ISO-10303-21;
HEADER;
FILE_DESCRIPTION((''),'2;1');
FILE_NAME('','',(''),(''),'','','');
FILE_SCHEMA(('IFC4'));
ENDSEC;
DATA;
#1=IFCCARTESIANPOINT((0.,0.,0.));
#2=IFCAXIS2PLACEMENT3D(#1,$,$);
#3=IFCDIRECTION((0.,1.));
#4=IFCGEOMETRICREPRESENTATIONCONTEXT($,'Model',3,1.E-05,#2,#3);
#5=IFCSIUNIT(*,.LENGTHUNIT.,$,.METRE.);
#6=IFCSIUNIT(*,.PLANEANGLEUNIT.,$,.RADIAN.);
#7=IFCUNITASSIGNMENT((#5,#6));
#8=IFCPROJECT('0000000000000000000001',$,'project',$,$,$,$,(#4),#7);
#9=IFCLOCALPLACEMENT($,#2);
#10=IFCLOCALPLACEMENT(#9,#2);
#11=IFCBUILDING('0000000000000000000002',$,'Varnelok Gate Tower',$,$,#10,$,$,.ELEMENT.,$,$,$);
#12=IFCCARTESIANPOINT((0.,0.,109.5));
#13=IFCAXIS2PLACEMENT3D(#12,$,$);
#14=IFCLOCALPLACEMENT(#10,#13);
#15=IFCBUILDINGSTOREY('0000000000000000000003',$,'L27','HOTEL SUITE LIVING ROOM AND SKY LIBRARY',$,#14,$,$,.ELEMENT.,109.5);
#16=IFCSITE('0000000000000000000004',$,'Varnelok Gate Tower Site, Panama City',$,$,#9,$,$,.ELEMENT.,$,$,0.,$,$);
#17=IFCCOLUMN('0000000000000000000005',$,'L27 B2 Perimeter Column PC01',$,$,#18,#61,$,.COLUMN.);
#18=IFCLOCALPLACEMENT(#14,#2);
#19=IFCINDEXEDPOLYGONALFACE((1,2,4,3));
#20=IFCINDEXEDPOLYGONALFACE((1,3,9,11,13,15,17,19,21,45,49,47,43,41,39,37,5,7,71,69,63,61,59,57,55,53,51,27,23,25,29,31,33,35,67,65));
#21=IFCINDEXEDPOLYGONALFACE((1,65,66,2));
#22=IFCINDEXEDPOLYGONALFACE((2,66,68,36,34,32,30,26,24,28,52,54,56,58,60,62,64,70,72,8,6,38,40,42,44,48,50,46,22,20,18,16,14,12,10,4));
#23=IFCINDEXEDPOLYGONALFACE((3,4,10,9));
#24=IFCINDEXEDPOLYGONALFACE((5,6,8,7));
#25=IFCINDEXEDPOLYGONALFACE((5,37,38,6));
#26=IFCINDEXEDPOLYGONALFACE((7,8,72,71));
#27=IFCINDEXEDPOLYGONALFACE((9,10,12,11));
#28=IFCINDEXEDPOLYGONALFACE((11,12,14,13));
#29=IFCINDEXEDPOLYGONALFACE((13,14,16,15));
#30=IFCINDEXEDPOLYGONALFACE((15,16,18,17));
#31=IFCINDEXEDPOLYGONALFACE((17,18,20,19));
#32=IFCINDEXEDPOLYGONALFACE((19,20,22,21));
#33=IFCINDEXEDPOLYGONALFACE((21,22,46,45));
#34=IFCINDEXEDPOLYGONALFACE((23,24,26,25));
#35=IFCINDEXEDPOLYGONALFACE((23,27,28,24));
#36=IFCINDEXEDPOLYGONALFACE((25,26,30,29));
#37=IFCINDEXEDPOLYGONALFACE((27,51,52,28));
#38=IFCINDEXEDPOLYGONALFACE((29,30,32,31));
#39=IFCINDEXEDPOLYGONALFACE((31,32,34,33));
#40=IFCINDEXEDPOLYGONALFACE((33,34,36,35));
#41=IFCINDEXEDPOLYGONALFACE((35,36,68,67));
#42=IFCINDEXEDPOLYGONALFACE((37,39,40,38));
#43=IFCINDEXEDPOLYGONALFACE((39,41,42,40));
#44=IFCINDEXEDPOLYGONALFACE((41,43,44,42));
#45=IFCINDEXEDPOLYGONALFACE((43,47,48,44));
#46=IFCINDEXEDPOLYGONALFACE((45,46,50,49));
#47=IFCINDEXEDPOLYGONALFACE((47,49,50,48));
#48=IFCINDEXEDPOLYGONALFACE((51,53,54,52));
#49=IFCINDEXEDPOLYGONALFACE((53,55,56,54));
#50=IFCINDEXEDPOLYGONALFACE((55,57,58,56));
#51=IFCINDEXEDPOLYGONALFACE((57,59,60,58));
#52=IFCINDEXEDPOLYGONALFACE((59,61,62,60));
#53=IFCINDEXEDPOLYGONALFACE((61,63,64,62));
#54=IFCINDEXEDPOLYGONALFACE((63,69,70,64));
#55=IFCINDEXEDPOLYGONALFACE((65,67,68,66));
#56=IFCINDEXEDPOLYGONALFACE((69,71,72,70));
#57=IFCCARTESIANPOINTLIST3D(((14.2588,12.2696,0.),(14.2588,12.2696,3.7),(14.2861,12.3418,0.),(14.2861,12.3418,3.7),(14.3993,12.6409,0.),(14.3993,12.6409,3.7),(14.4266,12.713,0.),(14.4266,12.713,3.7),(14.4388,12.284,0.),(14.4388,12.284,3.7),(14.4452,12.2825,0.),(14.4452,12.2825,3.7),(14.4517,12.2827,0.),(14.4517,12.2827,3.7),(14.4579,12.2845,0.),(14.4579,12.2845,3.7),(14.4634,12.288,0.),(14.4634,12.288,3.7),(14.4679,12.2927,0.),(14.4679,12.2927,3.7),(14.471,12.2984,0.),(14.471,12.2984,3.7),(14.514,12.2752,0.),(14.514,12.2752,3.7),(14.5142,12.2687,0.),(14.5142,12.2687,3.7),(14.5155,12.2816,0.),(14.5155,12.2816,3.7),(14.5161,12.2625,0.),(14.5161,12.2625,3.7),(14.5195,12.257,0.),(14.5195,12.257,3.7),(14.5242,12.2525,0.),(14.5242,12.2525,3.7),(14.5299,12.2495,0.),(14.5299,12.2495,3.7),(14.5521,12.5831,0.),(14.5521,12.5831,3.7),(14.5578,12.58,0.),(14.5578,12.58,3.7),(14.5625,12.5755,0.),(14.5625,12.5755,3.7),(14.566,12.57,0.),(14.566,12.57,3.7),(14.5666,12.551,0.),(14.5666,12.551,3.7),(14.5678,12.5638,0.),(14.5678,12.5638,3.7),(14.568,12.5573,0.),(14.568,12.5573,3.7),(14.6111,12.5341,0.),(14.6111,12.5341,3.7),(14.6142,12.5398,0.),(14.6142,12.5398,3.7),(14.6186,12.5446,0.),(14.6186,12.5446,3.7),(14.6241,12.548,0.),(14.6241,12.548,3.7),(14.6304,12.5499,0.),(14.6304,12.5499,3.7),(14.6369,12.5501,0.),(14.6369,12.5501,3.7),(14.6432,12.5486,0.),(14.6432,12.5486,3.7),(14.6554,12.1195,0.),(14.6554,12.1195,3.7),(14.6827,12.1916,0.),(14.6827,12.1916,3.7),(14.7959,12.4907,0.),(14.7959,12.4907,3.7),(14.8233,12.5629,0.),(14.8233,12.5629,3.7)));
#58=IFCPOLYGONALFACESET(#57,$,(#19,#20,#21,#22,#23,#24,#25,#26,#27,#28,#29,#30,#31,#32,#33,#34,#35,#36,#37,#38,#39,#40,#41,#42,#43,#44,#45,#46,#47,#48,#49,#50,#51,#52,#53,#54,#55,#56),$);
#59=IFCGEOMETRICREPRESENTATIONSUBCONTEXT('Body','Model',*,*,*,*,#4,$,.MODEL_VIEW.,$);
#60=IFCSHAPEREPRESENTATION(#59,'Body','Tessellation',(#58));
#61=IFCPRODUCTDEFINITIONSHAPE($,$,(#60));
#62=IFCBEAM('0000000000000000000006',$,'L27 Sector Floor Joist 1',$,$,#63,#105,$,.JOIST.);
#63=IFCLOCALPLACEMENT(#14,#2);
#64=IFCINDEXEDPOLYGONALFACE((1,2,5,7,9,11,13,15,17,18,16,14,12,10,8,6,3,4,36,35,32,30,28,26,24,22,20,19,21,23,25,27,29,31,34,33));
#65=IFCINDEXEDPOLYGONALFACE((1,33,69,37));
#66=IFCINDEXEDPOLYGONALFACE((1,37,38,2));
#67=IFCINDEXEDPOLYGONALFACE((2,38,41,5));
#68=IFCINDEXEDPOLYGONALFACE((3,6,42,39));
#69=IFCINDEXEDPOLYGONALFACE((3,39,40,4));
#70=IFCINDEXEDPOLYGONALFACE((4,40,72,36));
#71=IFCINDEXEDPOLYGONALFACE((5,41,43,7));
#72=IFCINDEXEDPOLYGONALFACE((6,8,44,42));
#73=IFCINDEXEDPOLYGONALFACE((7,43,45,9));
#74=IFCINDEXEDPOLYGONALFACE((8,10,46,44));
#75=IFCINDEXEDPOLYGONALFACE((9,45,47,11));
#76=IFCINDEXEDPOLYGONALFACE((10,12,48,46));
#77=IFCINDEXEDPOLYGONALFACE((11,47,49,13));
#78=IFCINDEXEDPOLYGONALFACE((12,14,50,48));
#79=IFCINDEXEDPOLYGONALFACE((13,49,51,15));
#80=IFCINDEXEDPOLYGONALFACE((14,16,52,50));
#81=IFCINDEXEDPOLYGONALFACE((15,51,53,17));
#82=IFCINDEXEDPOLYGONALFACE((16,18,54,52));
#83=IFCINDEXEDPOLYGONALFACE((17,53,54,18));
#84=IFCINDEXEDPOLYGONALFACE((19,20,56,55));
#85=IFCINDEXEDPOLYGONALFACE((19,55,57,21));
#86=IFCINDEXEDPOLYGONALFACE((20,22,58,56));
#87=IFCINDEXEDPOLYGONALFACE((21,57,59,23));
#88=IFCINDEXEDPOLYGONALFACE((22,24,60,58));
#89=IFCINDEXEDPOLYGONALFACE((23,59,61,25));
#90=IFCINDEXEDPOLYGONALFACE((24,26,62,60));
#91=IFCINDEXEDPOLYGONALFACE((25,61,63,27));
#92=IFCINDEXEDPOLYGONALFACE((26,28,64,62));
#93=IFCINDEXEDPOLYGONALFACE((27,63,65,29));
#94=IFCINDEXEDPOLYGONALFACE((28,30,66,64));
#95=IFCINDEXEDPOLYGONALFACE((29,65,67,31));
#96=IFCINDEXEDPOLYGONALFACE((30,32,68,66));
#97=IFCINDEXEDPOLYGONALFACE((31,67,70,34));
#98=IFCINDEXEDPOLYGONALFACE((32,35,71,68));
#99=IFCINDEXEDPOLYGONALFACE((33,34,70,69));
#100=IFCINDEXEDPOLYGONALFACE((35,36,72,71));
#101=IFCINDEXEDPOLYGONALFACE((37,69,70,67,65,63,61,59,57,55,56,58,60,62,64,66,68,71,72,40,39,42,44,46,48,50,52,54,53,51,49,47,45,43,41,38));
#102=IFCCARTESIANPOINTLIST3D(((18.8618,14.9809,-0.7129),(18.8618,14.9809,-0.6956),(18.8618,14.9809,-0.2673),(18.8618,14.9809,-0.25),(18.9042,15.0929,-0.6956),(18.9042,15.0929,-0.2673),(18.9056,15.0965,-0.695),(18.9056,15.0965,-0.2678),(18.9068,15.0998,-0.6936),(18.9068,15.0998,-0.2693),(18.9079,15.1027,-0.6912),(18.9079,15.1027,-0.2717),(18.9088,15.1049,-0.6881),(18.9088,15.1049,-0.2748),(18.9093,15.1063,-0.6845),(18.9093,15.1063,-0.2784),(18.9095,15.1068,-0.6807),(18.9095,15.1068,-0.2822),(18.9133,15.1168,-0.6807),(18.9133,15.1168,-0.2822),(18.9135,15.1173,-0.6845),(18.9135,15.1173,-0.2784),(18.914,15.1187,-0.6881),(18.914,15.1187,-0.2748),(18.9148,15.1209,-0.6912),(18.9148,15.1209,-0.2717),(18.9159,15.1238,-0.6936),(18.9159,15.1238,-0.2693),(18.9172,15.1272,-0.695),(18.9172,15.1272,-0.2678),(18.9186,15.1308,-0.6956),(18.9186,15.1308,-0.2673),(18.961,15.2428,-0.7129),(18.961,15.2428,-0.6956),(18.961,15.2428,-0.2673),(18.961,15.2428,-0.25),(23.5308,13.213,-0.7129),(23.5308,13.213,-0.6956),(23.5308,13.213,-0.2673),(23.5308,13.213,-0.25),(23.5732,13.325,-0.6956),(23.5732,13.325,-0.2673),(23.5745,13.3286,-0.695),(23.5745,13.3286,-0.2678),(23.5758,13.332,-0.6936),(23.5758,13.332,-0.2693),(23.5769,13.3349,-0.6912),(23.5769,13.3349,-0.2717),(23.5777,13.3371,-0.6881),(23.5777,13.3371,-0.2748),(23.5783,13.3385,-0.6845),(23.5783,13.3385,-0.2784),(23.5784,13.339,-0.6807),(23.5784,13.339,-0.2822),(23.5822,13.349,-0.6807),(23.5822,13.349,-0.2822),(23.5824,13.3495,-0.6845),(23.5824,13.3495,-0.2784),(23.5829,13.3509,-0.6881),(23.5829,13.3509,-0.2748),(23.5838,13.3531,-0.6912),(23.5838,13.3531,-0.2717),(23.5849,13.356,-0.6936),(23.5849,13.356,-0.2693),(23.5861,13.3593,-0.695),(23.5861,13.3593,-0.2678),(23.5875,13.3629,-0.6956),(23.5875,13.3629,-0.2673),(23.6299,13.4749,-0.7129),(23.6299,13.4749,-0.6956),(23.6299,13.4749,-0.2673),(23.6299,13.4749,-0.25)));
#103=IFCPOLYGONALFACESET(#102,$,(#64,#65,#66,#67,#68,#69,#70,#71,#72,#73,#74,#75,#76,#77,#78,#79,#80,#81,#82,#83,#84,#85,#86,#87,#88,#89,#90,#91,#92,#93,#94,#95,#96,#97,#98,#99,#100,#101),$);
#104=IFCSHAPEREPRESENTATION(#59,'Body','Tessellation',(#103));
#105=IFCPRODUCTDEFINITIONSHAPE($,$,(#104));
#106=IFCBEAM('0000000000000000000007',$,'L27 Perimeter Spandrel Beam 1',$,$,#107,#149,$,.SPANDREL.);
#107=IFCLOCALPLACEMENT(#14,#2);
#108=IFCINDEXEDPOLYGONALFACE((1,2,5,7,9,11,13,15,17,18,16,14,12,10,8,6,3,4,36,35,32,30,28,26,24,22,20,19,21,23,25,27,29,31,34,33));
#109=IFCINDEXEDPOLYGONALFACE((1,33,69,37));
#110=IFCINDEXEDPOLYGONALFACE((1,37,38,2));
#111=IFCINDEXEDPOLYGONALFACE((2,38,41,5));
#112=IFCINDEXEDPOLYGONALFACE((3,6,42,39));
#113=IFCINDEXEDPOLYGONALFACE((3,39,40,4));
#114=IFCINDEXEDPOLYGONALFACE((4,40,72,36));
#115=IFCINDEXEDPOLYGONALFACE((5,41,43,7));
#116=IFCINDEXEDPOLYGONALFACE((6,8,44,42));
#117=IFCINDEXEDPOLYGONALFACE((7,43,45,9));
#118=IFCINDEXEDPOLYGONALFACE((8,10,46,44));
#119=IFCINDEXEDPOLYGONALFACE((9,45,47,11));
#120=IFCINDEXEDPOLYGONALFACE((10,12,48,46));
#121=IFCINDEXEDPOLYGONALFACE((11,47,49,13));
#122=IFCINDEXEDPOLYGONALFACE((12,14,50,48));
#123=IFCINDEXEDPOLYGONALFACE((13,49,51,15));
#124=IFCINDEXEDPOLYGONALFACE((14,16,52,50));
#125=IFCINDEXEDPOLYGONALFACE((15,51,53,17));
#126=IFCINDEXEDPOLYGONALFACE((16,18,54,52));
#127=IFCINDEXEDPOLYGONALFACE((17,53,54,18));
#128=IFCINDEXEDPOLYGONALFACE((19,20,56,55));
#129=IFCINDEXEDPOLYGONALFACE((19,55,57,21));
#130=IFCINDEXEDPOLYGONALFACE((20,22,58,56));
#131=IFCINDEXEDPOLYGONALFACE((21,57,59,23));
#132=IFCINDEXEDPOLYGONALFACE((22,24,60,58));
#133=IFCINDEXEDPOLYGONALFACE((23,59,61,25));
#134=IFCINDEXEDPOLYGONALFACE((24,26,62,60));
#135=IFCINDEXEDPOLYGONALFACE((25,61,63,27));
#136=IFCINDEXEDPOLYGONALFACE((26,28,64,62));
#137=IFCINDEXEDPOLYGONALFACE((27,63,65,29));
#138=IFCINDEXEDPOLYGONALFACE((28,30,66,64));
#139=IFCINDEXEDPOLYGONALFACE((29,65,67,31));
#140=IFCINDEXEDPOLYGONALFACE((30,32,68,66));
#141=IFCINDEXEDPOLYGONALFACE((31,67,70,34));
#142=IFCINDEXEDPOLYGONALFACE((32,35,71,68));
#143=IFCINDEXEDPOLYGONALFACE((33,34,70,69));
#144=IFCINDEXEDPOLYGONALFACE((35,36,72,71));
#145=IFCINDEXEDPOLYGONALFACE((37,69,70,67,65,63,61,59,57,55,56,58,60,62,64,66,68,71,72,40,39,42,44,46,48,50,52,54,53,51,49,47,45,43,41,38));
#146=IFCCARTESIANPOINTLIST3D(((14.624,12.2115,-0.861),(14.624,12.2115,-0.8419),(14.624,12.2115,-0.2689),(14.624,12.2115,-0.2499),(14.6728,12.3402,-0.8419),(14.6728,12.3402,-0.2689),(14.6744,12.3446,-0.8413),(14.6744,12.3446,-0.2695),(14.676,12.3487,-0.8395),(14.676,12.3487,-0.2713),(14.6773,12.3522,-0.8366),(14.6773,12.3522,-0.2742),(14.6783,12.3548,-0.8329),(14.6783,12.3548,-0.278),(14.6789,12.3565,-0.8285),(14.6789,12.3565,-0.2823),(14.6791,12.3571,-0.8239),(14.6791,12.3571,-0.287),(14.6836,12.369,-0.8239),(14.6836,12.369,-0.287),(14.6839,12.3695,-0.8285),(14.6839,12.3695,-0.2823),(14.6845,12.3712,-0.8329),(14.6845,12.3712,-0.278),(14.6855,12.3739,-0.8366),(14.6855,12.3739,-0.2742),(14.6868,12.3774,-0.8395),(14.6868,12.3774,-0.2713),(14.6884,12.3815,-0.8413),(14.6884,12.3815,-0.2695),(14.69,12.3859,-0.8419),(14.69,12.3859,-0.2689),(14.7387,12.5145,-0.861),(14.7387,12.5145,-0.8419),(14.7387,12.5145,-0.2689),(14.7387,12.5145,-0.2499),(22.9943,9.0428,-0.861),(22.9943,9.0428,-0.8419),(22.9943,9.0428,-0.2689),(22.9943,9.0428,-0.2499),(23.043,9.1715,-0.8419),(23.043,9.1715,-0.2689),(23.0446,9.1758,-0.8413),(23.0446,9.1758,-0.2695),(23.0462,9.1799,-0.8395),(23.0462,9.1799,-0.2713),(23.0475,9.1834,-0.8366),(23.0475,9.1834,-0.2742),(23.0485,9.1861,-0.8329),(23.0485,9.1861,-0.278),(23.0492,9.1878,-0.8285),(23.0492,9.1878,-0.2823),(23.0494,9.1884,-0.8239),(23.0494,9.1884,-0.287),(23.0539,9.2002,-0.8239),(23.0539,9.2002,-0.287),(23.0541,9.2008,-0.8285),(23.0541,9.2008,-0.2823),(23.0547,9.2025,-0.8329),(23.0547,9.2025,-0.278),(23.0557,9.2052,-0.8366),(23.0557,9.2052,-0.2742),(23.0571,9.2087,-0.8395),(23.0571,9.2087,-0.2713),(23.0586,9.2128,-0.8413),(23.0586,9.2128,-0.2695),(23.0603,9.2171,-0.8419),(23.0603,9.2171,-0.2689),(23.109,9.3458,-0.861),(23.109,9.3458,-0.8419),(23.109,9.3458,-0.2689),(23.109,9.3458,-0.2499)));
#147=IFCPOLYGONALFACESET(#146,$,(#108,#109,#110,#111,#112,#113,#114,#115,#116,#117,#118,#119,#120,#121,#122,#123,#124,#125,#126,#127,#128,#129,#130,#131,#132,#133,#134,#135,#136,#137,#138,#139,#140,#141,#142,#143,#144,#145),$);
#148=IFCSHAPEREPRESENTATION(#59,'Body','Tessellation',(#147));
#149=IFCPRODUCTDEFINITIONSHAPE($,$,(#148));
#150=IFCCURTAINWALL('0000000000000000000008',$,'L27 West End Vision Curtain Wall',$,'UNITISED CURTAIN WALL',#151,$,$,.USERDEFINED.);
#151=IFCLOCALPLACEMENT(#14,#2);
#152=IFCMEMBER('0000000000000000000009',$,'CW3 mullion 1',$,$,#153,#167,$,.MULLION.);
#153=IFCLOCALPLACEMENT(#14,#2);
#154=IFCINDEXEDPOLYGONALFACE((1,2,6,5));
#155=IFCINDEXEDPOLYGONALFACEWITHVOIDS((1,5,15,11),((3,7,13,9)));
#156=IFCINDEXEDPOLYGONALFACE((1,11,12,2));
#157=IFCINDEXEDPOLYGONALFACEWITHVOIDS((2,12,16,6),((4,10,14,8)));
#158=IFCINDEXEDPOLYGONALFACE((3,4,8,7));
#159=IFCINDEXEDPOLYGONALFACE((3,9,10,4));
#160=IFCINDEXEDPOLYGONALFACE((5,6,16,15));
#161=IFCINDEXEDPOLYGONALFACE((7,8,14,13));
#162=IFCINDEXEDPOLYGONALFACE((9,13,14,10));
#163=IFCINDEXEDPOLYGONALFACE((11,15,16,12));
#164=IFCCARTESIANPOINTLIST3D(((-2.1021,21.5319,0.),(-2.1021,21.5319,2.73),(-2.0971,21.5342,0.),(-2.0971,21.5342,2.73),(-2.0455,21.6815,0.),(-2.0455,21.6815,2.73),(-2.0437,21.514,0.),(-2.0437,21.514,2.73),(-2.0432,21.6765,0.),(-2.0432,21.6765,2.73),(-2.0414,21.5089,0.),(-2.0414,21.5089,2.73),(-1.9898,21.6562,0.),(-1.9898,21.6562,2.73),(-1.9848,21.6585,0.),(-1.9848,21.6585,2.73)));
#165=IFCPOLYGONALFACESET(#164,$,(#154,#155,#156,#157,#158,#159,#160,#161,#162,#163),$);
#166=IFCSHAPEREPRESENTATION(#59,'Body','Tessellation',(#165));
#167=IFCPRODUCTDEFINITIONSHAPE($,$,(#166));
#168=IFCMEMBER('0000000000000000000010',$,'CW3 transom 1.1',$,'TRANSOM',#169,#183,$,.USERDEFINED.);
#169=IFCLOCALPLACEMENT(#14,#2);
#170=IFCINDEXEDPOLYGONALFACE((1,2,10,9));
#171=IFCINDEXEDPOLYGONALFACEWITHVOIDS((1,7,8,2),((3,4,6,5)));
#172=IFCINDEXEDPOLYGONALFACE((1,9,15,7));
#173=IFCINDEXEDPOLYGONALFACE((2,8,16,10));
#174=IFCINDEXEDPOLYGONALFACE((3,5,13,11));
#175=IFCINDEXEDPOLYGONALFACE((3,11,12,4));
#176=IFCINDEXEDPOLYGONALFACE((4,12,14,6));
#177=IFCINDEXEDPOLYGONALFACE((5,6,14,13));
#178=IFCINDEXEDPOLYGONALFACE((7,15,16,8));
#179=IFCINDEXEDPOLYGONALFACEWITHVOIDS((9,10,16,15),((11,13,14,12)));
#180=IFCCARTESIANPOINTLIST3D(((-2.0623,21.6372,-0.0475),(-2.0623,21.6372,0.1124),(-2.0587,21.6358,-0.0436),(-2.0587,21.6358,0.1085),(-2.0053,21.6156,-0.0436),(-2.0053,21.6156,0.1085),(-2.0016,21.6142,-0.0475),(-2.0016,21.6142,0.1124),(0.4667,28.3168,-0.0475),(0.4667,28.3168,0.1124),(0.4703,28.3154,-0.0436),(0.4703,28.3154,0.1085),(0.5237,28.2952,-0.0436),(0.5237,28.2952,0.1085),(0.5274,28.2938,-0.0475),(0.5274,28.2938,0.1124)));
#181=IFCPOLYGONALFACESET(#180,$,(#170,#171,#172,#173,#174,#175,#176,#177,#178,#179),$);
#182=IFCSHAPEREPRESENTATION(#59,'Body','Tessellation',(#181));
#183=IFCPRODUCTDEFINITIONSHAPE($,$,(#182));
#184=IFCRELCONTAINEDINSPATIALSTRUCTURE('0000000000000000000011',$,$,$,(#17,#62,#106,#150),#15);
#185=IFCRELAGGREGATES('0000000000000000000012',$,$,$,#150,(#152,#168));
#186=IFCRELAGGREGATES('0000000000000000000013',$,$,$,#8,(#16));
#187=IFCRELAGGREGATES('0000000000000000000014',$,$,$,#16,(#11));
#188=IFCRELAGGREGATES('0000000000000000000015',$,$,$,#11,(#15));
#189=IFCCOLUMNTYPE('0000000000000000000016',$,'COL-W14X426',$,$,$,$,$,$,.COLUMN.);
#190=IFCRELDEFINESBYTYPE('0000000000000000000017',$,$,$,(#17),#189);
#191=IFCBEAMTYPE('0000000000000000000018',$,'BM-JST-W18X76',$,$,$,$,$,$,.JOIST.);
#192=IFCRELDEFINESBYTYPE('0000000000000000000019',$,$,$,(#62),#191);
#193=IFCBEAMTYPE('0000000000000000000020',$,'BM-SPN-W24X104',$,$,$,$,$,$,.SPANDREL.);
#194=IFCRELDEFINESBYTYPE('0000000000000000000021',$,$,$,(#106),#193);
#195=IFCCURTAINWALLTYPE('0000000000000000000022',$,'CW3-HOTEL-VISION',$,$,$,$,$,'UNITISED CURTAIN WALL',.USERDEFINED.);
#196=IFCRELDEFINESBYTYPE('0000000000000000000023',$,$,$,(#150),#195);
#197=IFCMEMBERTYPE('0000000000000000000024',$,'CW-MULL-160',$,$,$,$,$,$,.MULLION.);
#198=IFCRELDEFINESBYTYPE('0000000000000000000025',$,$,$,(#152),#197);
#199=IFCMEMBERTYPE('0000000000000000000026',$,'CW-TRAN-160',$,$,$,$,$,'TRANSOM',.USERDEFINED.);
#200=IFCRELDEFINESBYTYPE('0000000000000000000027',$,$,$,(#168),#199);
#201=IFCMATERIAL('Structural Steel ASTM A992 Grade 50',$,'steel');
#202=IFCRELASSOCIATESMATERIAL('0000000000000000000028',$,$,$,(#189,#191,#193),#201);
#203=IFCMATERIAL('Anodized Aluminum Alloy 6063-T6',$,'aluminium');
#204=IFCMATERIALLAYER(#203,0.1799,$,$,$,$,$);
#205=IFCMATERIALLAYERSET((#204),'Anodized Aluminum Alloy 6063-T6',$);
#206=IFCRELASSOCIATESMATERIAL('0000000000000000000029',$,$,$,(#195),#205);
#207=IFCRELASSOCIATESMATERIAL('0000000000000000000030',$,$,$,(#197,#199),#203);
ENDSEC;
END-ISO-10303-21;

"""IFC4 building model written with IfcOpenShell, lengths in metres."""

from ifc_helpers import new_model, si_unit, direction, frame, origin, origin_2d, place, context, subcontext, project, spatial, hollow_rectangle, i_section, extrude, material, layer, layer_set, material_profile, profile_set, type_object, element, aggregate, save


model = new_model("IFC4")

# Units and contexts
model_context = context("Model", 3, precision=1e-05, world=origin(), true_north=direction((0.0, 1.0)))
body_context = subcontext(model_context, "Body", "Model", "MODEL_VIEW")
ifc_project = project(units=[si_unit("LENGTHUNIT", "METRE"), si_unit("PLANEANGLEUNIT", "RADIAN")], contexts=[model_context])

# Site, building, storey
site_placement = place(None, origin())
site = spatial("IfcSite", under=ifc_project, at=site_placement, Name="Varnelok Gate Tower Site, Panama City", CompositionType="ELEMENT", RefElevation=0.0)
building_placement = place(site_placement, origin())
building = spatial("IfcBuilding", under=site, at=building_placement, Name="Varnelok Gate Tower", CompositionType="ELEMENT")
storey_placement = place(building_placement, frame((0.0, 0.0, 109.5)))
storey = spatial("IfcBuildingStorey", under=building, at=storey_placement, Name="L27", Description="HOTEL SUITE LIVING ROOM AND SKY LIBRARY", CompositionType="ELEMENT", Elevation=109.5)

# Column
ifc_material_1 = material(Name="Structural Steel ASTM A992 Grade 50", Category="steel")
ifc_material_profile_1 = material_profile(ifc_material_1, i_section(OverallWidth=0.4241, OverallDepth=0.4741, WebThickness=0.0476, FlangeThickness=0.0771, FilletRadius=0.0249, at=origin_2d()), Name="W14X426")
ifc_profile_set_1 = profile_set([ifc_material_profile_1], Name="Structural Steel ASTM A992 Grade 50")
column_type = type_object("IfcColumnType", Name="COL-W14X426", PredefinedType="COLUMN", material=ifc_profile_set_1)
column_placement = place(storey_placement, frame((14.541, 12.4163, 0.0), z_axis=(0.0, 0.0, 1.0), x_axis=(0.935222, -0.354063, 0.0)))
element("IfcColumn", 1, at=column_placement, inside=storey, type_object=column_type, Name="L27 B2 Perimeter Column PC01", PredefinedType="COLUMN", context=body_context, shape_type="SweptSolid", body=[
    extrude(i_section(OverallWidth=0.4241, OverallDepth=0.4741, WebThickness=0.0476, FlangeThickness=0.0771, FilletRadius=0.0249, at=origin_2d()), origin(), (0.0, 0.0, 1.0), 3.7),
])

# Beams
ifc_material_profile_2 = material_profile(ifc_material_1, i_section(OverallWidth=0.28, OverallDepth=0.4629, WebThickness=0.0107, FlangeThickness=0.0173, FilletRadius=0.0149, at=origin_2d()), Name="W18X76")
ifc_profile_set_2 = profile_set([ifc_material_profile_2], Name="Structural Steel ASTM A992 Grade 50")
beam_type_1 = type_object("IfcBeamType", Name="BM-JST-W18X76", PredefinedType="JOIST", material=ifc_profile_set_2)
beam_1_placement = place(storey_placement, frame((18.9114, 15.1118, -0.4814), z_axis=(0.935207, -0.354101, 0.0), x_axis=(0.354101, 0.935207, 0.0)))
element("IfcBeam", 2, at=beam_1_placement, inside=storey, type_object=beam_type_1, Name="L27 Sector Floor Joist 1", PredefinedType="JOIST", context=body_context, shape_type="SweptSolid", body=[
    extrude(i_section(OverallWidth=0.28, OverallDepth=0.4629, WebThickness=0.0107, FlangeThickness=0.0173, FilletRadius=0.0149, at=origin_2d()), origin(), (0.0, 0.0, 1.0), 4.9924),
])
ifc_material_profile_3 = material_profile(ifc_material_1, i_section(OverallWidth=0.324, OverallDepth=0.6111, WebThickness=0.0127, FlangeThickness=0.019, FilletRadius=0.0181, at=origin_2d()), Name="W24X104")
ifc_profile_set_3 = profile_set([ifc_material_profile_3], Name="Structural Steel ASTM A992 Grade 50")
beam_type_2 = type_object("IfcBeamType", Name="BM-SPN-W24X104", PredefinedType="SPANDREL", material=ifc_profile_set_3)
beam_2_placement = place(storey_placement, frame((14.6814, 12.363, -0.5554), z_axis=(0.935226, -0.354051, 0.0), x_axis=(0.354051, 0.935226, 0.0)))
element("IfcBeam", 3, at=beam_2_placement, inside=storey, type_object=beam_type_2, Name="L27 Perimeter Spandrel Beam 1", PredefinedType="SPANDREL", context=body_context, shape_type="SweptSolid", body=[
    extrude(i_section(OverallWidth=0.324, OverallDepth=0.6111, WebThickness=0.0127, FlangeThickness=0.019, FilletRadius=0.0181, at=origin_2d()), origin(), (0.0, 0.0, 1.0), 8.95),
])

# Curtain wall, members
ifc_material_2 = material(Name="Anodized Aluminum Alloy 6063-T6", Category="aluminium")
ifc_layer_1 = layer(ifc_material_2, 0.1799)
ifc_layer_set_1 = layer_set([ifc_layer_1], Name="Anodized Aluminum Alloy 6063-T6")
curtain_wall_type = type_object("IfcCurtainWallType", Name="CW3-HOTEL-VISION", ElementType="UNITISED CURTAIN WALL", PredefinedType="USERDEFINED", material=ifc_layer_set_1)
curtain_wall_placement = place(storey_placement, origin())
curtain_wall = element("IfcCurtainWall", 4, at=curtain_wall_placement, inside=storey, type_object=curtain_wall_type, Name="L27 West End Vision Curtain Wall", ObjectType="UNITISED CURTAIN WALL", PredefinedType="USERDEFINED")
ifc_material_profile_4 = material_profile(ifc_material_2, hollow_rectangle(XDim=0.0649, YDim=0.1599, WallThickness=0.0039, at=origin_2d()), Name="ALU160X65X4")
ifc_profile_set_4 = profile_set([ifc_material_profile_4], Name="Anodized Aluminum Alloy 6063-T6")
member_type_1 = type_object("IfcMemberType", Name="CW-MULL-160", PredefinedType="MULLION", material=ifc_profile_set_4)
member_1_placement = place(storey_placement, frame((-2.0435, 21.5952, 0.0), z_axis=(0.0, 0.0, 1.0), x_axis=(-0.935221, 0.354064, 0.0)))
member_1 = element("IfcMember", 5, at=member_1_placement, type_object=member_type_1, Name="CW3 mullion 1", PredefinedType="MULLION", context=body_context, shape_type="SweptSolid", body=[
    extrude(hollow_rectangle(XDim=0.0649, YDim=0.1599, WallThickness=0.0039, at=origin_2d()), origin(), (0.0, 0.0, 1.0), 2.73),
])
ifc_material_profile_5 = material_profile(ifc_material_2, hollow_rectangle(XDim=0.0649, YDim=0.1599, WallThickness=0.0039, at=origin_2d()), Name="ALU160X65X4")
ifc_profile_set_5 = profile_set([ifc_material_profile_5], Name="Anodized Aluminum Alloy 6063-T6")
member_type_2 = type_object("IfcMemberType", Name="CW-TRAN-160", ElementType="TRANSOM", PredefinedType="USERDEFINED", material=ifc_profile_set_5)
member_2_placement = place(storey_placement, frame((-2.032, 21.6257, 0.0325), z_axis=(0.354088, 0.935212, 0.0), x_axis=(-0.935212, 0.354088, 0.0)))
member_2 = element("IfcMember", 6, at=member_2_placement, type_object=member_type_2, Name="CW3 transom 1.1", ObjectType="TRANSOM", PredefinedType="USERDEFINED", context=body_context, shape_type="SweptSolid", body=[
    extrude(hollow_rectangle(XDim=0.0649, YDim=0.1599, WallThickness=0.0039, at=origin_2d()), origin(), (0.0, 0.0, 1.0), 7.1423),
])
aggregate(curtain_wall, [member_1, member_2])

save(model, "model.ifc")
